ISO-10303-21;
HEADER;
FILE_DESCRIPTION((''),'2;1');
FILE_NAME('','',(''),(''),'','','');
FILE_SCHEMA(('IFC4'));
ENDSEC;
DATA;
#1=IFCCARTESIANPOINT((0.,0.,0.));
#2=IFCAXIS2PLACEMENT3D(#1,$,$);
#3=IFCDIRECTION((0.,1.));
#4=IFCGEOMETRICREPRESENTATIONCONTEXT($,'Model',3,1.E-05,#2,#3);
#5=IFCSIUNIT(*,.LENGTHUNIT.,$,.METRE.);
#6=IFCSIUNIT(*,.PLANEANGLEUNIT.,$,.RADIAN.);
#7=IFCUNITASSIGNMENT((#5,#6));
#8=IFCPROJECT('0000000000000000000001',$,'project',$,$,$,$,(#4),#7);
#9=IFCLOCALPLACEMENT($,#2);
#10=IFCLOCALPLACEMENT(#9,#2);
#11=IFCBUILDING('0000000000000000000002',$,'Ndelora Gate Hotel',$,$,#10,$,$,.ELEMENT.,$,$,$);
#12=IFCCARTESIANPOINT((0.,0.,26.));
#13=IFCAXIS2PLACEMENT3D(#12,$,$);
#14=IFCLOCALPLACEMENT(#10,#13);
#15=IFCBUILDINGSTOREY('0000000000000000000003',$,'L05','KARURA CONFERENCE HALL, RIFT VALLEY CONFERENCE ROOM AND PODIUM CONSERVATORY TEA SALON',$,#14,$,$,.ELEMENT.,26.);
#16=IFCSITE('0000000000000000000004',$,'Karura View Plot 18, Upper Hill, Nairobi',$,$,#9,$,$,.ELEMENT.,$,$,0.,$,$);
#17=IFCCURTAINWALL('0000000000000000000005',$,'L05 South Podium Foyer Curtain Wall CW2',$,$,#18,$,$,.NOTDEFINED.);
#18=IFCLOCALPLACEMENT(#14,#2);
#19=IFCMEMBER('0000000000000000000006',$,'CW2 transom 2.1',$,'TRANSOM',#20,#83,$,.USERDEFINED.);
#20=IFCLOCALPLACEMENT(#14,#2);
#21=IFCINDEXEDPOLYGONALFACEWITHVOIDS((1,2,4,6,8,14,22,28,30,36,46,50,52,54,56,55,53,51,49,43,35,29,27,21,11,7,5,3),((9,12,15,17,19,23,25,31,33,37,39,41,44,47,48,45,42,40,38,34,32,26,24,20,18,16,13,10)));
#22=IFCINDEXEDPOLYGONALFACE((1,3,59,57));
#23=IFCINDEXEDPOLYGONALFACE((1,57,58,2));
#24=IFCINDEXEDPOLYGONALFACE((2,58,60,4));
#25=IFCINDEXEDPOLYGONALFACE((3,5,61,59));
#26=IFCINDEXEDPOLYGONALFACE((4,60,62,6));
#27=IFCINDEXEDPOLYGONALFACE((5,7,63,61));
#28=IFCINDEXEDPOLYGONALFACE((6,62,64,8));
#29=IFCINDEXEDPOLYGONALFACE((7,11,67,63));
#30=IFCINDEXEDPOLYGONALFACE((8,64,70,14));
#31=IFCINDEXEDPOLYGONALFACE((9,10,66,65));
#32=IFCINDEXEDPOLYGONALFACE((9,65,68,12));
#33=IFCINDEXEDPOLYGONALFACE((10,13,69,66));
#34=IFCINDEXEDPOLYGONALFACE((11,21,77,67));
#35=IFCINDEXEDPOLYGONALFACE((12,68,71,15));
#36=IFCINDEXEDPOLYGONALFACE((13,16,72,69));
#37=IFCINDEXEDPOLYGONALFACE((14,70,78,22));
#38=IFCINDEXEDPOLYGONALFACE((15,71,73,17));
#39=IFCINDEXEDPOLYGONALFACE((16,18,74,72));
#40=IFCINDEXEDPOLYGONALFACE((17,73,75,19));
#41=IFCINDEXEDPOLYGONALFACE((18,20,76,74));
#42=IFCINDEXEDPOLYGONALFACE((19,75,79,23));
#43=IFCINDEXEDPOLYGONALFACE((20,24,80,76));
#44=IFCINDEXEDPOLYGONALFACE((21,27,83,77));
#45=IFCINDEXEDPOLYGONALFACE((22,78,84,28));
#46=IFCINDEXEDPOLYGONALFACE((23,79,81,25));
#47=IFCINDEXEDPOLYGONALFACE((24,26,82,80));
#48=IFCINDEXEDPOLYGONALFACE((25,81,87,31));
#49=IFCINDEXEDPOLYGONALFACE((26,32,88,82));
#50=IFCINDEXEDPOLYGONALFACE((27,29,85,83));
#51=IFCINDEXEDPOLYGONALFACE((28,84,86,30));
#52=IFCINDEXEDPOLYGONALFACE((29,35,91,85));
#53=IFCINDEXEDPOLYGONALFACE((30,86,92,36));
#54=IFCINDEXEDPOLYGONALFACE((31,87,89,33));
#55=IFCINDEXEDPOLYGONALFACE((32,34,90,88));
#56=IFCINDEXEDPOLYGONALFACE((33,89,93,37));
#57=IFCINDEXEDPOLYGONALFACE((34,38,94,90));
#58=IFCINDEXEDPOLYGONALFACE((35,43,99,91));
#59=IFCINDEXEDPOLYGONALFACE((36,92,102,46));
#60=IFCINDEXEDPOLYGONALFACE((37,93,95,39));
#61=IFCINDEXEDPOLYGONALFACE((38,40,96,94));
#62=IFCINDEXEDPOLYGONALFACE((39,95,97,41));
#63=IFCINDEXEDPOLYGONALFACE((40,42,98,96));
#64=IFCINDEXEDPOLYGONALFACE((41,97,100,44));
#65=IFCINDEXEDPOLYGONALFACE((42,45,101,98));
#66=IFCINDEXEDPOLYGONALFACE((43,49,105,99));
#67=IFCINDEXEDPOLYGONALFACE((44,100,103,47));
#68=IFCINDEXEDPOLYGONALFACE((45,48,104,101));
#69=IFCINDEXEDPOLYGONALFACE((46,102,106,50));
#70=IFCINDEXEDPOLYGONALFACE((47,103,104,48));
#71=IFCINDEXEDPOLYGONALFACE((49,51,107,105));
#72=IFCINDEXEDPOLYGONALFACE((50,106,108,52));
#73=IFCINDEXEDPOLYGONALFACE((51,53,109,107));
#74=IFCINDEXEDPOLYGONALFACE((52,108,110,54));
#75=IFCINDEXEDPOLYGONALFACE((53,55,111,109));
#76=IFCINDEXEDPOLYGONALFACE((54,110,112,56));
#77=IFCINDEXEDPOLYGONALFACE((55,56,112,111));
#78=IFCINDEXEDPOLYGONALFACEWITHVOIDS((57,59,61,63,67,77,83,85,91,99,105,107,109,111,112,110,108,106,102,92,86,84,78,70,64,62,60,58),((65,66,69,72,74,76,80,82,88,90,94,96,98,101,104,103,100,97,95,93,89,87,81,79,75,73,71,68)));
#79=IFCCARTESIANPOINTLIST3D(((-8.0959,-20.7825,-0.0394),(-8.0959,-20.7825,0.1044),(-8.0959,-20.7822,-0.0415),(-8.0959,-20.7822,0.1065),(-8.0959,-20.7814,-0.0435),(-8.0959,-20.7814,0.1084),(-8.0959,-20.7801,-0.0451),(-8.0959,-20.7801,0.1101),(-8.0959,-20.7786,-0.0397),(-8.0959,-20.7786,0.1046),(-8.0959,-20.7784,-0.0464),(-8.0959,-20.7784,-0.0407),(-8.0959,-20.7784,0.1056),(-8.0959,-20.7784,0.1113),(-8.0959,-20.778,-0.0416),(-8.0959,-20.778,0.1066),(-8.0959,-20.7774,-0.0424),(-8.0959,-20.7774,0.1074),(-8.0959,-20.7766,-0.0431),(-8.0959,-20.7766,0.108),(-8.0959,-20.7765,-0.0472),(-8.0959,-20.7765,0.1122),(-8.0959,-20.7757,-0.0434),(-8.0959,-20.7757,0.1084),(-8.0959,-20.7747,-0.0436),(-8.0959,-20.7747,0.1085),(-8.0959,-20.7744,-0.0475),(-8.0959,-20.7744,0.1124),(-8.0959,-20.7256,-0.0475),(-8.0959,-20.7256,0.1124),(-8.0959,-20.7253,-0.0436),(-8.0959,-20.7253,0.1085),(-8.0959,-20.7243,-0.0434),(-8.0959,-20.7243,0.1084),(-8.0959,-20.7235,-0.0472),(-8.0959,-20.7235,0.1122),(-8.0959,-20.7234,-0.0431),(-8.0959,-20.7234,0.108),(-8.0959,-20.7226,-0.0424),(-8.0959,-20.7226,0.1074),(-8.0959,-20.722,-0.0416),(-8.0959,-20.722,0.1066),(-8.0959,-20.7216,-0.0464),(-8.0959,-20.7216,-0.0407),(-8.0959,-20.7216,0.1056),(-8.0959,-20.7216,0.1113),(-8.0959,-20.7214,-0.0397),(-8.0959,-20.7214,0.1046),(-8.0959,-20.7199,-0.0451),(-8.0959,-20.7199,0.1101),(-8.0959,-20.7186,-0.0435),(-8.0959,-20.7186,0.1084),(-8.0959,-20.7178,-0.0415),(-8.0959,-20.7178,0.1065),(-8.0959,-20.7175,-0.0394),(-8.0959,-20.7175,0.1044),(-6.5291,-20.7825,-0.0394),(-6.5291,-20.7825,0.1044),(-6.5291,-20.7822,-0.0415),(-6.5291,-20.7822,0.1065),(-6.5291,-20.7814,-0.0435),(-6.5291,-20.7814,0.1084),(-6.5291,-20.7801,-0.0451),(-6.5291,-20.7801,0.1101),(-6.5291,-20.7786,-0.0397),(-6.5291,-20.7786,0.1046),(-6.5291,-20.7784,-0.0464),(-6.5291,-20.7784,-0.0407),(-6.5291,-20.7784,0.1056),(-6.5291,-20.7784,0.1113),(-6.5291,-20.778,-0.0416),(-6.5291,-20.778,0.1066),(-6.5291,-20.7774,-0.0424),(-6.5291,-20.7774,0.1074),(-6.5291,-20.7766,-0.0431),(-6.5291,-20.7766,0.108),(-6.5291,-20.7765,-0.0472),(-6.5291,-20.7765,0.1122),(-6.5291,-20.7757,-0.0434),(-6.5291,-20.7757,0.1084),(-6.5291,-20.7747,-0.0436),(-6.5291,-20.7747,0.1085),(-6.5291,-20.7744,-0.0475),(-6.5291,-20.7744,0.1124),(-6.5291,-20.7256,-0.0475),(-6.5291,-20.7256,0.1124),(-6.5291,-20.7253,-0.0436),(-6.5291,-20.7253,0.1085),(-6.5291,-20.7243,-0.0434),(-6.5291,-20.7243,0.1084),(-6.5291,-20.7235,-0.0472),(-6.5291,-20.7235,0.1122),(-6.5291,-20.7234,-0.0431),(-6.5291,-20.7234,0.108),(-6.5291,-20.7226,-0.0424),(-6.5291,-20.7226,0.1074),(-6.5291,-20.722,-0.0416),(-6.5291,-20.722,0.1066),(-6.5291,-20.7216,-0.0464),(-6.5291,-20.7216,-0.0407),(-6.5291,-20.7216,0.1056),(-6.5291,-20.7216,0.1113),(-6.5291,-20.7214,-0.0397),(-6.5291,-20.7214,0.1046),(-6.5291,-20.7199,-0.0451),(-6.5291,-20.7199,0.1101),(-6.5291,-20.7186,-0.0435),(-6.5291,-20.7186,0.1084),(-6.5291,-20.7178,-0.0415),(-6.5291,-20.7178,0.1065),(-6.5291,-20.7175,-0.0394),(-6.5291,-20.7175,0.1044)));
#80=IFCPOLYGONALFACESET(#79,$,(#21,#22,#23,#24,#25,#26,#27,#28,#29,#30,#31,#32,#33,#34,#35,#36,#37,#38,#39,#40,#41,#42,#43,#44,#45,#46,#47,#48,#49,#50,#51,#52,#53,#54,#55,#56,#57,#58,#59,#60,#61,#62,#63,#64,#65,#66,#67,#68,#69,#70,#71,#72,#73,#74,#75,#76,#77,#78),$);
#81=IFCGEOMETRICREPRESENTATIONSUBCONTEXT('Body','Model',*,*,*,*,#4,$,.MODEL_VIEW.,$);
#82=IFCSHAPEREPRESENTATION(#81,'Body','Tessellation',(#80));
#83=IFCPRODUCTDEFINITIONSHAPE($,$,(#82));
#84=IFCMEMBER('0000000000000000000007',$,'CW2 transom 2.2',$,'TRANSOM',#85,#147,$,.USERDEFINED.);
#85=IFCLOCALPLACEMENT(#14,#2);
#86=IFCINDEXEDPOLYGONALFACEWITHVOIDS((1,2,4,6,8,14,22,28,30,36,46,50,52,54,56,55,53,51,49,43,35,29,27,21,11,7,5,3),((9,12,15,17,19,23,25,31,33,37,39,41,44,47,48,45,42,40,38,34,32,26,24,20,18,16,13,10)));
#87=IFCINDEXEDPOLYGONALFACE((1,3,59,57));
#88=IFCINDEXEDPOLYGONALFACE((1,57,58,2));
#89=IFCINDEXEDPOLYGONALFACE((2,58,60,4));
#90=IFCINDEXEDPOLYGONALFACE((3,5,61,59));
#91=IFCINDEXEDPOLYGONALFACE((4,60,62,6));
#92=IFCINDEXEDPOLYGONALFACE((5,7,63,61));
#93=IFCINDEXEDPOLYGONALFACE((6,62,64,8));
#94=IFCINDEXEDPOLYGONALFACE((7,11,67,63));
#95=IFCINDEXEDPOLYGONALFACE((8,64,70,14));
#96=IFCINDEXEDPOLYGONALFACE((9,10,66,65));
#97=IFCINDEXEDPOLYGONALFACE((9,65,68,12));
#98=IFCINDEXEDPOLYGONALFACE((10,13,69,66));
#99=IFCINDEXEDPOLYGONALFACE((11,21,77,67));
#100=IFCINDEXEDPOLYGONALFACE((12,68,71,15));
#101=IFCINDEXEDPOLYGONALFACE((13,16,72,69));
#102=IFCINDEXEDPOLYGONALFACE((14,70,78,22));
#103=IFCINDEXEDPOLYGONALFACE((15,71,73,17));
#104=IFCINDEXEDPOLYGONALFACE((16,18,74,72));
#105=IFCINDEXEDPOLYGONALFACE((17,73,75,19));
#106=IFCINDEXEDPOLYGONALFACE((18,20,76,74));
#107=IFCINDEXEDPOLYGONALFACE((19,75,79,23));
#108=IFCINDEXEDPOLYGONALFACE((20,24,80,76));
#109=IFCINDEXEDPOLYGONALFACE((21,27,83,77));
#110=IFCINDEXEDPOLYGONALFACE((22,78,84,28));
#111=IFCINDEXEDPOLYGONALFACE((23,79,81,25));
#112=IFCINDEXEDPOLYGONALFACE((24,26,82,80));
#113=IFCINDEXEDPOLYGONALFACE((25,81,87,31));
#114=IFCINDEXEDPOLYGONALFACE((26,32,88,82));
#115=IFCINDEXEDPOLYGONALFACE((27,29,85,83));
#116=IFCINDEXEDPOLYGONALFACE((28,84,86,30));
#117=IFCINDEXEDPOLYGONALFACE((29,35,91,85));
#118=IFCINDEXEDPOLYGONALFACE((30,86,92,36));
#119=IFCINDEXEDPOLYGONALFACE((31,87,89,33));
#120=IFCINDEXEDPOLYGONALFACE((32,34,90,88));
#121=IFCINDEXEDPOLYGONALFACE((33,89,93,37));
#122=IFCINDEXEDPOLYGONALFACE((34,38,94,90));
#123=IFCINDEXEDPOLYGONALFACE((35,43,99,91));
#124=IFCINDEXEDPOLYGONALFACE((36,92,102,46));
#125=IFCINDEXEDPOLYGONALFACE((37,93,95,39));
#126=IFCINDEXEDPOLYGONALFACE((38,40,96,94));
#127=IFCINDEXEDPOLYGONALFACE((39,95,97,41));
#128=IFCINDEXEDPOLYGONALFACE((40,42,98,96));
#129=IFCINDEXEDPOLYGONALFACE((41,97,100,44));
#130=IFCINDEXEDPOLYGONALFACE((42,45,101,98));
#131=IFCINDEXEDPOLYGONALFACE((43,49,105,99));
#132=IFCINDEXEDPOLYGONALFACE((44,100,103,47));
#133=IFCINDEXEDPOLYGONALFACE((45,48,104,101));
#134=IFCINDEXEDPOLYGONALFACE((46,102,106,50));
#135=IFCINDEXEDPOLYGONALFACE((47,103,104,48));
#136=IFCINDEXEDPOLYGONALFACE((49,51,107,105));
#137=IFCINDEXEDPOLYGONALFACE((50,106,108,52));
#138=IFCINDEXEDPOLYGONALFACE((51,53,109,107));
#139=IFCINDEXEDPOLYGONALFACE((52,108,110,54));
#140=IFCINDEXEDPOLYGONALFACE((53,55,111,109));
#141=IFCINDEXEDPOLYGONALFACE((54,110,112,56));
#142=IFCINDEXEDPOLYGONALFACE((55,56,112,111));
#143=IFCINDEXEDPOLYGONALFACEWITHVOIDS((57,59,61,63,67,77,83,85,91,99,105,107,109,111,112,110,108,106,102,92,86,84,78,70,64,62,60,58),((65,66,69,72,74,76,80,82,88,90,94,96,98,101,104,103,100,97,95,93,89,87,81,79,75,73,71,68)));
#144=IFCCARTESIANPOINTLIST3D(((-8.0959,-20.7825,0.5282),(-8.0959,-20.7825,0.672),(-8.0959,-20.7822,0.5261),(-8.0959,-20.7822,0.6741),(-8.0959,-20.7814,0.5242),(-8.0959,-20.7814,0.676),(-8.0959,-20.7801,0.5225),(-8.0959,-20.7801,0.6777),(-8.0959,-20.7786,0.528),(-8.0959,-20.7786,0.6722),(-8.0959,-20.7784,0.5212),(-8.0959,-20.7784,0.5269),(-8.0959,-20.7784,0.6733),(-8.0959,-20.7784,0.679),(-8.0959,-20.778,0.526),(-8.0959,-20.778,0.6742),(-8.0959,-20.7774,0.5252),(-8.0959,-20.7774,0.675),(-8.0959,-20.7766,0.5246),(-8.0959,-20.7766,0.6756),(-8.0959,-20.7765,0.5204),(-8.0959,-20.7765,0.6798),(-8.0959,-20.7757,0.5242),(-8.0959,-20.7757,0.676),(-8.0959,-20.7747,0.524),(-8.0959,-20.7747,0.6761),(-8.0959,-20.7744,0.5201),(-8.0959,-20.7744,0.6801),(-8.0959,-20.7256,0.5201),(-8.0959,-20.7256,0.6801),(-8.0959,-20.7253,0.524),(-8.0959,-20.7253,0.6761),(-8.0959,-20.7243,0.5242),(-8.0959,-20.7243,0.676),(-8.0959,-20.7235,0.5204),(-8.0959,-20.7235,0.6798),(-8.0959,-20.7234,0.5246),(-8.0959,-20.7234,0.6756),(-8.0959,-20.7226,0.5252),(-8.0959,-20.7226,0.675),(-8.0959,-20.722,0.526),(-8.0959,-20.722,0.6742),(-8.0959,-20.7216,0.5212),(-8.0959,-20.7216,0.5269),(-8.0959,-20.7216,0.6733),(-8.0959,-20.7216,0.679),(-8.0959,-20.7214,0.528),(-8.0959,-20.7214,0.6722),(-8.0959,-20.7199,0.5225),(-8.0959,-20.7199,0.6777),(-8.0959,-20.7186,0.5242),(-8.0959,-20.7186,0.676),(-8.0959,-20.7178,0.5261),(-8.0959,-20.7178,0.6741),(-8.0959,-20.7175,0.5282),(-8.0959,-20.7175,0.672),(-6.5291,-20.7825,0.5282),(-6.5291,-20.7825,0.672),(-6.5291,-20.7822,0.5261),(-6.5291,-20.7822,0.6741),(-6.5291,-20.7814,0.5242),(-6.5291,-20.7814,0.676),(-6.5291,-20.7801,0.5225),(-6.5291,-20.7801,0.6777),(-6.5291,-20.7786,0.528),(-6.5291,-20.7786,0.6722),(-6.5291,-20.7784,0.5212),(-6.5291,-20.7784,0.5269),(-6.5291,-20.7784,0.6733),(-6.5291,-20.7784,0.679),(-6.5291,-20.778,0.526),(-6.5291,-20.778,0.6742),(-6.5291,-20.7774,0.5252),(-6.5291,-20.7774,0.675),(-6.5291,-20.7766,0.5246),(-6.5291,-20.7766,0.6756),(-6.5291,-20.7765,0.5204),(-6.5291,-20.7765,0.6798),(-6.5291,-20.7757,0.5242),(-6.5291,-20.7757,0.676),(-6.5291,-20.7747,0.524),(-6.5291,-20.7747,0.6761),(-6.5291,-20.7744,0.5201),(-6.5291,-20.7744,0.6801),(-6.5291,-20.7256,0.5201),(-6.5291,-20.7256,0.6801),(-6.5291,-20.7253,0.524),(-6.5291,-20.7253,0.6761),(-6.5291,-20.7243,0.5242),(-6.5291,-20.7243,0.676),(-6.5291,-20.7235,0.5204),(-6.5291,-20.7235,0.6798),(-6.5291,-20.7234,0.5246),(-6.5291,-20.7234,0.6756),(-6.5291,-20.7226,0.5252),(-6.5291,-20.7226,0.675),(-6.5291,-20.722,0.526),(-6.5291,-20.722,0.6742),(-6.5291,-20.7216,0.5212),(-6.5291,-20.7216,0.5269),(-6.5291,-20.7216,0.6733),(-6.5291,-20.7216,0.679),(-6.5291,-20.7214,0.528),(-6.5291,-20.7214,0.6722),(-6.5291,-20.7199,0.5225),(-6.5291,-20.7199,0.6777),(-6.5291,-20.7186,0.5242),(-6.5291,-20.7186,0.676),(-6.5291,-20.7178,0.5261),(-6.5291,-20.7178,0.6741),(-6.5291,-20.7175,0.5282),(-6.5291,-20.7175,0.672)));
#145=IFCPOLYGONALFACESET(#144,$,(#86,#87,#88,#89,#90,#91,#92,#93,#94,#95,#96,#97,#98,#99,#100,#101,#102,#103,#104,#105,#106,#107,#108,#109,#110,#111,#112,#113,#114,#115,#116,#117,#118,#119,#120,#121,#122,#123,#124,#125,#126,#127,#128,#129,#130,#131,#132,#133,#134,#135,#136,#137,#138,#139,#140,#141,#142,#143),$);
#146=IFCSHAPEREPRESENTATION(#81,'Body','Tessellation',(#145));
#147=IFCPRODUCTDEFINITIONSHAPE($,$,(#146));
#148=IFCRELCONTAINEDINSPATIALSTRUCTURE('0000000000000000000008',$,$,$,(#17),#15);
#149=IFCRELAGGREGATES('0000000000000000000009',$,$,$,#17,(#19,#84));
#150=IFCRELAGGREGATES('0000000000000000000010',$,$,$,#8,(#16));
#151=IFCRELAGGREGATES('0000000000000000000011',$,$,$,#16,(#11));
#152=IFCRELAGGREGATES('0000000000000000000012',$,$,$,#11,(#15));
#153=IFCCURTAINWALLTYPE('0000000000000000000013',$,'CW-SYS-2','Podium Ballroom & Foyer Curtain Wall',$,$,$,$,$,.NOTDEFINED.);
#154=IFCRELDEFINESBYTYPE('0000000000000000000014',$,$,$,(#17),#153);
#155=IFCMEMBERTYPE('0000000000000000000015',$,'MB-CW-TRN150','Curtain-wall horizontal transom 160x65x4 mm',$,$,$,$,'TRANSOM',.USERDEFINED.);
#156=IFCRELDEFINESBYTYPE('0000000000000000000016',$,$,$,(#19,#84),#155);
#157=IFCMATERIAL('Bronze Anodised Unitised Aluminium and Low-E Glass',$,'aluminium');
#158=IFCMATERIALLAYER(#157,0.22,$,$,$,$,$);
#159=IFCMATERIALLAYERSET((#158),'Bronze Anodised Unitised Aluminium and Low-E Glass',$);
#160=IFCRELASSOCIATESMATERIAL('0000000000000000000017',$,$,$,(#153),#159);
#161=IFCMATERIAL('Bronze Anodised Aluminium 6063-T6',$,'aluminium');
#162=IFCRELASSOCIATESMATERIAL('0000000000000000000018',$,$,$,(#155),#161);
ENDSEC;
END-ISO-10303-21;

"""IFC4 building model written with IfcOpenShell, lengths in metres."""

from ifc_helpers import new_model, si_unit, direction, frame, origin, origin_2d, place, context, subcontext, project, spatial, hollow_rectangle, extrude, material, layer, layer_set, material_profile, profile_set, type_object, element, aggregate, save


model = new_model("IFC4")

# Units and contexts
model_context = context("Model", 3, precision=1e-05, world=origin(), true_north=direction((0.0, 1.0)))
body_context = subcontext(model_context, "Body", "Model", "MODEL_VIEW")
ifc_project = project(units=[si_unit("LENGTHUNIT", "METRE"), si_unit("PLANEANGLEUNIT", "RADIAN")], contexts=[model_context])

# Site, building, storey
site_placement = place(None, origin())
site = spatial("IfcSite", under=ifc_project, at=site_placement, Name="Karura View Plot 18, Upper Hill, Nairobi", CompositionType="ELEMENT", RefElevation=0.0)
building_placement = place(site_placement, origin())
building = spatial("IfcBuilding", under=site, at=building_placement, Name="Ndelora Gate Hotel", CompositionType="ELEMENT")
storey_placement = place(building_placement, frame((0.0, 0.0, 26.0)))
storey = spatial("IfcBuildingStorey", under=building, at=storey_placement, Name="L05", Description="KARURA CONFERENCE HALL, RIFT VALLEY CONFERENCE ROOM AND PODIUM CONSERVATORY TEA SALON", CompositionType="ELEMENT", Elevation=26.0)

# Curtain wall, members
ifc_material_1 = material(Name="Bronze Anodised Unitised Aluminium and Low-E Glass", Category="aluminium")
ifc_layer_1 = layer(ifc_material_1, 0.22)
ifc_layer_set_1 = layer_set([ifc_layer_1], Name="Bronze Anodised Unitised Aluminium and Low-E Glass")
curtain_wall_type = type_object("IfcCurtainWallType", Name="CW-SYS-2", Description="Podium Ballroom & Foyer Curtain Wall", PredefinedType="NOTDEFINED", material=ifc_layer_set_1)
curtain_wall_placement = place(storey_placement, origin())
curtain_wall = element("IfcCurtainWall", 1, at=curtain_wall_placement, inside=storey, type_object=curtain_wall_type, Name="L05 South Podium Foyer Curtain Wall CW2", PredefinedType="NOTDEFINED")
ifc_material_2 = material(Name="Bronze Anodised Aluminium 6063-T6", Category="aluminium")
ifc_material_profile_1 = material_profile(ifc_material_2, hollow_rectangle(XDim=0.0649, YDim=0.1599, WallThickness=0.0039, InnerFilletRadius=0.0039, OuterFilletRadius=0.0081, at=origin_2d()), Name="ALU 160x65x4")
ifc_profile_set_1 = profile_set([ifc_material_profile_1], Name="Bronze Anodised Aluminium 6063-T6")
member_type_1 = type_object("IfcMemberType", Name="MB-CW-TRN150", Description="Curtain-wall horizontal transom 160x65x4 mm", ElementType="TRANSOM", PredefinedType="USERDEFINED", material=ifc_profile_set_1)
member_1_placement = place(storey_placement, frame((-8.0959, -20.75, 0.0325), z_axis=(1.0, 0.0, 0.0), x_axis=(0.0, 1.0, 0.0)))
member_1 = element("IfcMember", 2, at=member_1_placement, type_object=member_type_1, Name="CW2 transom 2.1", ObjectType="TRANSOM", PredefinedType="USERDEFINED", context=body_context, shape_type="SweptSolid", body=[
    extrude(hollow_rectangle(XDim=0.0649, YDim=0.1599, WallThickness=0.0039, InnerFilletRadius=0.0039, OuterFilletRadius=0.0081, at=origin_2d()), origin(), (0.0, 0.0, 1.0), 1.5669),
])
member_2_placement = place(storey_placement, frame((-8.0959, -20.75, 0.6001), z_axis=(1.0, 0.0, 0.0), x_axis=(0.0, 1.0, 0.0)))
member_2 = element("IfcMember", 3, at=member_2_placement, type_object=member_type_1, Name="CW2 transom 2.2", ObjectType="TRANSOM", PredefinedType="USERDEFINED", context=body_context, shape_type="SweptSolid", body=[
    extrude(hollow_rectangle(XDim=0.0649, YDim=0.1599, WallThickness=0.0039, InnerFilletRadius=0.0039, OuterFilletRadius=0.0081, at=origin_2d()), origin(), (0.0, 0.0, 1.0), 1.5669),
])
aggregate(curtain_wall, [member_1, member_2])

save(model, "model.ifc")
